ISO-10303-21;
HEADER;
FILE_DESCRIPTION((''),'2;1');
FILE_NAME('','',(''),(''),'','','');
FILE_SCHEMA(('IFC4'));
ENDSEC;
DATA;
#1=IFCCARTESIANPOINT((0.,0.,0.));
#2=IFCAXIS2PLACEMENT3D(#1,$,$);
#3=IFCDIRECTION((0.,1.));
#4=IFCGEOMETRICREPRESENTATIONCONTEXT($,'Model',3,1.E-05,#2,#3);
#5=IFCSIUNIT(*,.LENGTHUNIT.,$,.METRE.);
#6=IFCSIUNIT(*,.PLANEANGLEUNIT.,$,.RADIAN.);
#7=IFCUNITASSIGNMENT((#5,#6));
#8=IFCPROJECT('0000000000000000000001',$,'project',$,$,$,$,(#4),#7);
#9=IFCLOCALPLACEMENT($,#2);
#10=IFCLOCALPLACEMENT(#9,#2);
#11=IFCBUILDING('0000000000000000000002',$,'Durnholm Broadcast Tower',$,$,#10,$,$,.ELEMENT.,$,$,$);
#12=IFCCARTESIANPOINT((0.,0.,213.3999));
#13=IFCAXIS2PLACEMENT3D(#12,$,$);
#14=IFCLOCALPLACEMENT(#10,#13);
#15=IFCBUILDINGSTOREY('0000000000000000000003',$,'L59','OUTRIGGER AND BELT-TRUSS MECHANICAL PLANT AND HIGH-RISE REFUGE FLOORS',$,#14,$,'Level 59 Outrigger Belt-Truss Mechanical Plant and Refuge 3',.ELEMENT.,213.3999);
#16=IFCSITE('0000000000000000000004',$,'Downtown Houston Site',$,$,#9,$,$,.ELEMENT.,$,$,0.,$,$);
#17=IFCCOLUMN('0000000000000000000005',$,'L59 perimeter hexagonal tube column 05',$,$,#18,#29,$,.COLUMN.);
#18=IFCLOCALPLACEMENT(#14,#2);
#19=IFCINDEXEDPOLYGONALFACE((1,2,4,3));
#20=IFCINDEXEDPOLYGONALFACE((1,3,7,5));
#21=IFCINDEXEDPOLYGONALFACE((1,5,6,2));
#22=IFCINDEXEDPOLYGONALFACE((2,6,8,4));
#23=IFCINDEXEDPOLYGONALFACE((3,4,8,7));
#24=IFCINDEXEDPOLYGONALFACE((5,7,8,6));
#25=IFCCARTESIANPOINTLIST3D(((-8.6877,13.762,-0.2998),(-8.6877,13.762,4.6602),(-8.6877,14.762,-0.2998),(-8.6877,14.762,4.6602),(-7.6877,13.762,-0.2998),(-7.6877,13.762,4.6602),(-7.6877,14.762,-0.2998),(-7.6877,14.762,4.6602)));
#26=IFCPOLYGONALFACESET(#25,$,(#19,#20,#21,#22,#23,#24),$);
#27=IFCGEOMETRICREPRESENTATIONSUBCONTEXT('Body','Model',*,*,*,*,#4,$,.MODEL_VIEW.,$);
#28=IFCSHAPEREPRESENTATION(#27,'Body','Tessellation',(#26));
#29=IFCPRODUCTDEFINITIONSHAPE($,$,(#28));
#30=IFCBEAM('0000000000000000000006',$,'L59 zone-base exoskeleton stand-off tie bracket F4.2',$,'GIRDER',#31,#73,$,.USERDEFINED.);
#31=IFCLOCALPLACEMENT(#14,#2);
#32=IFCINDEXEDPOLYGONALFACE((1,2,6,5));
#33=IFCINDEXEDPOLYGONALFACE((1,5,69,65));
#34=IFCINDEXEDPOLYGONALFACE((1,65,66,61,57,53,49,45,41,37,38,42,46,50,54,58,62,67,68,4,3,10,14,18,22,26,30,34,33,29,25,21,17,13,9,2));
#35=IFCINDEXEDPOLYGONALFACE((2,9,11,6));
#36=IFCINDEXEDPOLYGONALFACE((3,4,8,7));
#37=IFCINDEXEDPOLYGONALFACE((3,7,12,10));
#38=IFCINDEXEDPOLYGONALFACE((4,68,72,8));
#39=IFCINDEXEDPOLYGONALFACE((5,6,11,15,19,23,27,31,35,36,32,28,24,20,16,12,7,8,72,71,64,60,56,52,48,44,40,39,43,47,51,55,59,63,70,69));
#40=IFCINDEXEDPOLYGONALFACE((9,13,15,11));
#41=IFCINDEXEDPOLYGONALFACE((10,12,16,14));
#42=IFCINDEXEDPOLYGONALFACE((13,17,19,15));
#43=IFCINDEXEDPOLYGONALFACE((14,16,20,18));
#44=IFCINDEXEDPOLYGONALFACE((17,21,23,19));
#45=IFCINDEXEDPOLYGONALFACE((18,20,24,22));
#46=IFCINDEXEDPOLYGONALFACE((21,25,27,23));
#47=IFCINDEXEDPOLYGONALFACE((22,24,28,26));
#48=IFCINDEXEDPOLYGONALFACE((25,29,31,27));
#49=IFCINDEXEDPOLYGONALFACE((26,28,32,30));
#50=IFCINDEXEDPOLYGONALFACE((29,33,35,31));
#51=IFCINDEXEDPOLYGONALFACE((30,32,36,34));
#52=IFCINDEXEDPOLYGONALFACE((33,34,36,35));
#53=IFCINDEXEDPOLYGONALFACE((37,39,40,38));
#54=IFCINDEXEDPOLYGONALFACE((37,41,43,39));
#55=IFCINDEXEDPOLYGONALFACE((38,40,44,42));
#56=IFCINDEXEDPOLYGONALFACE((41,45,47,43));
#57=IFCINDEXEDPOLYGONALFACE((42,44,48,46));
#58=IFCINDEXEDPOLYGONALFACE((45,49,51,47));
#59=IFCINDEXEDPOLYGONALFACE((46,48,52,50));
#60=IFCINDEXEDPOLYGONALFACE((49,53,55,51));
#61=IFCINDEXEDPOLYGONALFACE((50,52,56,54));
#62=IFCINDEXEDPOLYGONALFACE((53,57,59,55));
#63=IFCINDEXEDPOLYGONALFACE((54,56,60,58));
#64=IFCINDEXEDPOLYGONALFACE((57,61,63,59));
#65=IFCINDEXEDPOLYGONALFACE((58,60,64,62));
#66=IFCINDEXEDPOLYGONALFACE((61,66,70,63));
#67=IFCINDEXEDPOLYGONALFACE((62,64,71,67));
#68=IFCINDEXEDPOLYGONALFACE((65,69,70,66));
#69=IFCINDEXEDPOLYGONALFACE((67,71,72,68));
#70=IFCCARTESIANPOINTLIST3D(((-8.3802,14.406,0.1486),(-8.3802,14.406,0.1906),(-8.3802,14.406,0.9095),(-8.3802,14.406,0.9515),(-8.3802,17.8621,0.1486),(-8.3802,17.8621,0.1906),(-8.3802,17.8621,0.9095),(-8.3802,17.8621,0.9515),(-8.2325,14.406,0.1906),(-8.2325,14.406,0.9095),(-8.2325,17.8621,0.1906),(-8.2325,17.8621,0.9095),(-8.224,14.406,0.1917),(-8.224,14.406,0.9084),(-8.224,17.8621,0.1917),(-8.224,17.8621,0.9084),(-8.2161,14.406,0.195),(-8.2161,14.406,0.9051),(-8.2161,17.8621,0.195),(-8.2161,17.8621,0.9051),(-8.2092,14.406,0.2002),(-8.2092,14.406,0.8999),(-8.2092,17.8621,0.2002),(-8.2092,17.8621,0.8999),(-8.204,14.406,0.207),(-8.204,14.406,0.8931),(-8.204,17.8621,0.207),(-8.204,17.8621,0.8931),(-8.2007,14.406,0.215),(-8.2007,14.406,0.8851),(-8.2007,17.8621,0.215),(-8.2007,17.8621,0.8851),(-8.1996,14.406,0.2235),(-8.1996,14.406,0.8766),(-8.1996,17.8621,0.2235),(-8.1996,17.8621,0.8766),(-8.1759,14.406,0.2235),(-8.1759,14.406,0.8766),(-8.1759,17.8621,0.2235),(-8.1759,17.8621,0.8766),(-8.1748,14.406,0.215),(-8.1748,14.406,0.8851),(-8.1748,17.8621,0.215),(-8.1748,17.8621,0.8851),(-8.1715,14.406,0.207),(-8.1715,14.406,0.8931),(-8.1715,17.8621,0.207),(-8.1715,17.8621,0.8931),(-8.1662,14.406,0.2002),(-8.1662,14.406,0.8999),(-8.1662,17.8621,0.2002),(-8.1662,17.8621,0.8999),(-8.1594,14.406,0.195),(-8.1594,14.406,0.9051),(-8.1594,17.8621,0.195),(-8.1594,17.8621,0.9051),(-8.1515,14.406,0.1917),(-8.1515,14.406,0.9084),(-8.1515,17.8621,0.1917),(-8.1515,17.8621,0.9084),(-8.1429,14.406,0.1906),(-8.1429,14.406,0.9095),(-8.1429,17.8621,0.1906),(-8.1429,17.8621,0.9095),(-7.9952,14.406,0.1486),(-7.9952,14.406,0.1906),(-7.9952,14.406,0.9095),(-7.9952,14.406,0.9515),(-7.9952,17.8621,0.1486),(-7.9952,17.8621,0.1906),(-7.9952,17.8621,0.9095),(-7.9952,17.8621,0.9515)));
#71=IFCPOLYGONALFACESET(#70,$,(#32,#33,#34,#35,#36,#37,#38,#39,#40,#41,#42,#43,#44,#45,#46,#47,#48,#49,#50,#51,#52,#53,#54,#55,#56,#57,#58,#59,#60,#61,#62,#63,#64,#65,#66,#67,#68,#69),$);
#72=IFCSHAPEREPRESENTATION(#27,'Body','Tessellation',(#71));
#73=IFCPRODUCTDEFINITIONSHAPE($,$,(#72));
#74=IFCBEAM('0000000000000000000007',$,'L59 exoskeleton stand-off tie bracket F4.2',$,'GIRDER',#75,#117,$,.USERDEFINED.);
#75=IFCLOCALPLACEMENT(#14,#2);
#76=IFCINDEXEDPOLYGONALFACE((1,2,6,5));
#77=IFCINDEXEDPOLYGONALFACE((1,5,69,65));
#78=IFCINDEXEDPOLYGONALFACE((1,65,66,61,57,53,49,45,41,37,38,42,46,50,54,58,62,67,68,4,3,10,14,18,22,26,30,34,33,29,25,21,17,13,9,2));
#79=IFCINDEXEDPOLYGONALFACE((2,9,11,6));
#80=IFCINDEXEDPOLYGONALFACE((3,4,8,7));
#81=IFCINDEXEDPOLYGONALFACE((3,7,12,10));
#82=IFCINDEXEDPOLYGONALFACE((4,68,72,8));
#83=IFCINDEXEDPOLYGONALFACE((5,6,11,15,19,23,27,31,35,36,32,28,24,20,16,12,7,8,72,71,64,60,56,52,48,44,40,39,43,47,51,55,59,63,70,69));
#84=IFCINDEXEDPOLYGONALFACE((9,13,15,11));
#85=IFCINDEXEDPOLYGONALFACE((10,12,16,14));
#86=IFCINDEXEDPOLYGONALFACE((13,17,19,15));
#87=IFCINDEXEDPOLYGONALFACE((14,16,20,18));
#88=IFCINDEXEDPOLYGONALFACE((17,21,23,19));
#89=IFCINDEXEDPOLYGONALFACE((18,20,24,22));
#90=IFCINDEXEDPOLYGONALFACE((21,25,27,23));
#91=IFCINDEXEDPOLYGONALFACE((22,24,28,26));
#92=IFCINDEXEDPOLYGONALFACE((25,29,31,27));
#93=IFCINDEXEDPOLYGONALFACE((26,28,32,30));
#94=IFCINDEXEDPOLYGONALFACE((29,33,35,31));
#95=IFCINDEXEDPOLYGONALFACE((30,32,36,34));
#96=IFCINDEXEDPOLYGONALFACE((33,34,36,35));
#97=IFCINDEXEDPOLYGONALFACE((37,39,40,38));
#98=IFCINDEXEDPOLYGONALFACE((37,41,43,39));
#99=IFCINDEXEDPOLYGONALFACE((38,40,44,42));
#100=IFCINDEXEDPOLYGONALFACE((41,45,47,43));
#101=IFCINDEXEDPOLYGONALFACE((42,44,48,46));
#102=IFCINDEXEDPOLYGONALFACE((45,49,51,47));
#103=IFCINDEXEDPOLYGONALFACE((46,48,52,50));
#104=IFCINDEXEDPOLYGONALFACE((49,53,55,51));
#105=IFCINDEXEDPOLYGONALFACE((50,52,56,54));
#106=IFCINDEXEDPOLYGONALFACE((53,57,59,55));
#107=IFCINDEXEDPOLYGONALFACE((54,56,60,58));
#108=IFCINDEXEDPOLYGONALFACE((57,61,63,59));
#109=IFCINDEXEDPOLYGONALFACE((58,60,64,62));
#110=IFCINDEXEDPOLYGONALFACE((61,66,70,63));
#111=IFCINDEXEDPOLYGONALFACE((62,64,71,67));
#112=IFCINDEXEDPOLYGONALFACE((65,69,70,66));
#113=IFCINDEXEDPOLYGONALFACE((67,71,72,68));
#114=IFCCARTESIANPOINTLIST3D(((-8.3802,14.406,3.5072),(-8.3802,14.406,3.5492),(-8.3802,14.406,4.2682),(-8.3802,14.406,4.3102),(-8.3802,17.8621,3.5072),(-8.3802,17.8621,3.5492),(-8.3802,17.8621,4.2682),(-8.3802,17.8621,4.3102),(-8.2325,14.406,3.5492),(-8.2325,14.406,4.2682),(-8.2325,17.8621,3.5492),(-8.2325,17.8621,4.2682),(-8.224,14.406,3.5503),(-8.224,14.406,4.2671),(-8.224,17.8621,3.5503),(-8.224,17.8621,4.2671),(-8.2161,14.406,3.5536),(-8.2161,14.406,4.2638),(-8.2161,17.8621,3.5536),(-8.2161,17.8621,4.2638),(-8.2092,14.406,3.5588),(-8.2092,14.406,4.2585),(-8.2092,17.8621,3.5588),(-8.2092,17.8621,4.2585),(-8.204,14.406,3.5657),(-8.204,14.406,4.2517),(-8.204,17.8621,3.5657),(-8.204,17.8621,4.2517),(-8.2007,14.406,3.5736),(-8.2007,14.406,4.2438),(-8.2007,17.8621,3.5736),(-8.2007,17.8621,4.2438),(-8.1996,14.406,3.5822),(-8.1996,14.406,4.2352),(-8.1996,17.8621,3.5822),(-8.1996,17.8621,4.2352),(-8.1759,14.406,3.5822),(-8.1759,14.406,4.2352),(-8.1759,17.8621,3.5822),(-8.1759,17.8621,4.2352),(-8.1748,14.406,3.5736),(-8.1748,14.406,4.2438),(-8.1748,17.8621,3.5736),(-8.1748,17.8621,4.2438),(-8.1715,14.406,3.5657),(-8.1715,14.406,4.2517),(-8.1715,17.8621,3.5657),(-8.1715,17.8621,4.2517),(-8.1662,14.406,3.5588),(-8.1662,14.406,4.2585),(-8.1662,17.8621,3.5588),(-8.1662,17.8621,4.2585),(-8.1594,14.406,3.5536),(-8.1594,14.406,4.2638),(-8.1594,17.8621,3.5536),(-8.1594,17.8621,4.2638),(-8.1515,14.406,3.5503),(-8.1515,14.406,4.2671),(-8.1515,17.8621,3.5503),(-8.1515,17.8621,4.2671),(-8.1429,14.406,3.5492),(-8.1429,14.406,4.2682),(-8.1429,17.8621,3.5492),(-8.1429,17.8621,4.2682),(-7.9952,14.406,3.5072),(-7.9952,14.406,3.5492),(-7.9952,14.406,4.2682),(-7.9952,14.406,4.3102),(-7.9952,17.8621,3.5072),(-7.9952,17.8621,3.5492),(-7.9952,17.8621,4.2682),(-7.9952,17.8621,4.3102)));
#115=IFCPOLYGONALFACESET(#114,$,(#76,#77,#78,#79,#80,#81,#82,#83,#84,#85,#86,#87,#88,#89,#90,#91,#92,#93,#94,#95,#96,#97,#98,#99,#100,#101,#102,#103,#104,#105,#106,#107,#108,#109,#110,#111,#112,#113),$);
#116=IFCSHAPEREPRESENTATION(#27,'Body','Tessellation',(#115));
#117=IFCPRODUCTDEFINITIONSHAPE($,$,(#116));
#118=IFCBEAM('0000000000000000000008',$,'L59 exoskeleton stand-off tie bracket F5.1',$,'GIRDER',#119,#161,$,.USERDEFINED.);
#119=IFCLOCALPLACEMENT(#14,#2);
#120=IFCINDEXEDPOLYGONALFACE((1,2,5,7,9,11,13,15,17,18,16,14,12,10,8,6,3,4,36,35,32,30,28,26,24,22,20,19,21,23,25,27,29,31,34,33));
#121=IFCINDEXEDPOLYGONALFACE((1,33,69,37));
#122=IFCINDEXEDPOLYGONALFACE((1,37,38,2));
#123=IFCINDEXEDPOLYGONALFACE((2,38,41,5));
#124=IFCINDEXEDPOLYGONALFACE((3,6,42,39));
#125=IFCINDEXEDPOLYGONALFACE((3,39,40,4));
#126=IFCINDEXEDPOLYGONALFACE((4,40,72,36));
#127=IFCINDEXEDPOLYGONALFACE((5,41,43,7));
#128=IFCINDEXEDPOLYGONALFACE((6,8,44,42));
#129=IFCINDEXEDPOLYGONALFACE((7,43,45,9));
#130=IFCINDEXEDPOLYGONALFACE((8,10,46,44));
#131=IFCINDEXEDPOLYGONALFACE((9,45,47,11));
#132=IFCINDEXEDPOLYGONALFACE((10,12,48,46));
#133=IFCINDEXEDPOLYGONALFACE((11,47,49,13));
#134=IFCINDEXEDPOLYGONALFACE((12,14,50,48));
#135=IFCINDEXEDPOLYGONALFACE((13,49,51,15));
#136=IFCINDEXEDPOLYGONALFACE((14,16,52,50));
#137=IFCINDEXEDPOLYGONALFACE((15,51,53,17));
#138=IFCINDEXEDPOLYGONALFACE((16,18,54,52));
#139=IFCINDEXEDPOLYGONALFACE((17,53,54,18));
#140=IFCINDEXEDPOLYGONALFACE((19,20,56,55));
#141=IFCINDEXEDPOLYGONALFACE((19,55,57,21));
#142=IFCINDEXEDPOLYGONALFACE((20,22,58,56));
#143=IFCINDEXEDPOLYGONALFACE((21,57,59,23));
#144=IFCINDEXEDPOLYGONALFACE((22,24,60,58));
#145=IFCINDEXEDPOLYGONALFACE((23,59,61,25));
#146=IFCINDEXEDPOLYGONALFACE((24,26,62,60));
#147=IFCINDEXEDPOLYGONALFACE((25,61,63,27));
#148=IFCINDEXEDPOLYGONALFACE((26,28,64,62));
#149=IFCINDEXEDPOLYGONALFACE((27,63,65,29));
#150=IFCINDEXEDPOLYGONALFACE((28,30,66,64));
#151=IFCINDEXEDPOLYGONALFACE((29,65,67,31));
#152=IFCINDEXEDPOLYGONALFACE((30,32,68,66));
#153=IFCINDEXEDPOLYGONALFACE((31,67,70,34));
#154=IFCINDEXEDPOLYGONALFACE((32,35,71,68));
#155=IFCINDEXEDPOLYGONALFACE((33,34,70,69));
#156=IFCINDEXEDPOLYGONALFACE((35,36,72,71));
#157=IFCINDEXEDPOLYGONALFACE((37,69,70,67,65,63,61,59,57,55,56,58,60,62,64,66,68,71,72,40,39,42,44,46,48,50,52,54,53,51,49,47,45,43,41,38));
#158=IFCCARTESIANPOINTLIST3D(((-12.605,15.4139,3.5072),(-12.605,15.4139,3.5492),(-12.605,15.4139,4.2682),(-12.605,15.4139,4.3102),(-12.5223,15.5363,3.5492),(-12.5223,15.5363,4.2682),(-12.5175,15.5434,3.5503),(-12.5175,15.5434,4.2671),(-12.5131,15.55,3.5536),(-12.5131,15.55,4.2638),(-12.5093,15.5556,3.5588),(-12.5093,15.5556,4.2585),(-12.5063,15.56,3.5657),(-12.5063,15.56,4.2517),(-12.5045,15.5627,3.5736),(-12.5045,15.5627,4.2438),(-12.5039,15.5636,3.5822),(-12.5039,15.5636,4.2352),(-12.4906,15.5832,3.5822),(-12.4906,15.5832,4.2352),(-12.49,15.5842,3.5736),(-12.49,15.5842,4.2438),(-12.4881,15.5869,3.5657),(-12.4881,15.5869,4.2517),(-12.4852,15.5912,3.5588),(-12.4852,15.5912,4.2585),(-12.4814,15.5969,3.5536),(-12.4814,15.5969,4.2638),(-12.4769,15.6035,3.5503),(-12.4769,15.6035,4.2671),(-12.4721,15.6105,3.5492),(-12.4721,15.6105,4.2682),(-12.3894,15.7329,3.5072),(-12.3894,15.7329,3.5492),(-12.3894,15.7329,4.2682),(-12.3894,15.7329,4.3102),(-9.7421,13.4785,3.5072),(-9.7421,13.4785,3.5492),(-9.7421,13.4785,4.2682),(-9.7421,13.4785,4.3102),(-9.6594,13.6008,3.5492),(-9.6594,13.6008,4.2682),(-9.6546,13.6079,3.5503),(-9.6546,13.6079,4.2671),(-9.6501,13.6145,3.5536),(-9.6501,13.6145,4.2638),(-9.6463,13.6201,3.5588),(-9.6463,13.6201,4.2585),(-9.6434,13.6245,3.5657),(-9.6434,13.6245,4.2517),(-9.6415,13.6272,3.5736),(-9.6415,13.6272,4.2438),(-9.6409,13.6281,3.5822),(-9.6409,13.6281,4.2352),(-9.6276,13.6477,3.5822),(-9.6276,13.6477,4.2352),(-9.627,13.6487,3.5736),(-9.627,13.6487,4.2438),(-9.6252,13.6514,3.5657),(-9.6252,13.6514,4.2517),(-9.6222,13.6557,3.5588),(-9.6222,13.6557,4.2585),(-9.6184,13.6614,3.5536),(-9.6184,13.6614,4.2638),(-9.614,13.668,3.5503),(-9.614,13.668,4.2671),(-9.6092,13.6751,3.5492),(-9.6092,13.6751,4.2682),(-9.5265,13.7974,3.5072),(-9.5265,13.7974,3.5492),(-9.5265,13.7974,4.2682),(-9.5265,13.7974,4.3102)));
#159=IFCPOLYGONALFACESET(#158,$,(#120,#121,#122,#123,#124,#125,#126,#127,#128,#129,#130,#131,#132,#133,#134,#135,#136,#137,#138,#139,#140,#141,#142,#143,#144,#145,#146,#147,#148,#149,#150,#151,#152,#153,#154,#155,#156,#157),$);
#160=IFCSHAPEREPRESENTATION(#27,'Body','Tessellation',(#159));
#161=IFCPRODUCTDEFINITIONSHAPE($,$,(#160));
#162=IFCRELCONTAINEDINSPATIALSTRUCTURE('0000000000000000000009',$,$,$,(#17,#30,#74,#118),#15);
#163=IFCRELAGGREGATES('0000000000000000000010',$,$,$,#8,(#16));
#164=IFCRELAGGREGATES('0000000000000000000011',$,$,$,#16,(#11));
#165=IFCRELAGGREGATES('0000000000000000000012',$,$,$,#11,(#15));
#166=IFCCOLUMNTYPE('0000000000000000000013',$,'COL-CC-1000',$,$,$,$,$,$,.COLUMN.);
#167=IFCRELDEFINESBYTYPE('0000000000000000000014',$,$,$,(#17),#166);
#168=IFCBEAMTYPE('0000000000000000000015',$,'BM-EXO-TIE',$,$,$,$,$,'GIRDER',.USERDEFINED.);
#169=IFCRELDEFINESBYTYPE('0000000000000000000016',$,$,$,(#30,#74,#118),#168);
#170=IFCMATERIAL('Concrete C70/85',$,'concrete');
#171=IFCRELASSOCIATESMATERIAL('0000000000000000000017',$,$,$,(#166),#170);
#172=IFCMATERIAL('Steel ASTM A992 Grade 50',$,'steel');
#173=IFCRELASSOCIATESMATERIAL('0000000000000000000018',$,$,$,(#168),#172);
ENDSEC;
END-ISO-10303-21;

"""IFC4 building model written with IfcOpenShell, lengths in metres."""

from ifc_helpers import new_model, si_unit, direction, frame, origin, origin_2d, place, context, subcontext, project, spatial, rectangle, i_section, extrude, source, transform, mapped, material, material_profile, profile_set, type_object, type_shapes, element, save


model = new_model("IFC4")

# Units and contexts
model_context = context("Model", 3, precision=1e-05, world=origin(), true_north=direction((0.0, 1.0)))
body_context = subcontext(model_context, "Body", "Model", "MODEL_VIEW")
ifc_project = project(units=[si_unit("LENGTHUNIT", "METRE"), si_unit("PLANEANGLEUNIT", "RADIAN")], contexts=[model_context])

# Site, building, storey
site_placement = place(None, origin())
site = spatial("IfcSite", under=ifc_project, at=site_placement, Name="Downtown Houston Site", CompositionType="ELEMENT", RefElevation=0.0)
building_placement = place(site_placement, origin())
building = spatial("IfcBuilding", under=site, at=building_placement, Name="Durnholm Broadcast Tower", CompositionType="ELEMENT")
storey_placement = place(building_placement, frame((0.0, 0.0, 213.3999)))
storey = spatial("IfcBuildingStorey", under=building, at=storey_placement, Name="L59", Description="OUTRIGGER AND BELT-TRUSS MECHANICAL PLANT AND HIGH-RISE REFUGE FLOORS", LongName="Level 59 Outrigger Belt-Truss Mechanical Plant and Refuge 3", CompositionType="ELEMENT", Elevation=213.3999)

# Column
ifc_material_1 = material(Name="Concrete C70/85", Category="concrete")
ifc_material_profile_1 = material_profile(ifc_material_1, rectangle(XDim=1.0, YDim=1.0, at=origin_2d()), Name="RC1000X1000")
ifc_profile_set_1 = profile_set([ifc_material_profile_1], Name="Concrete C70/85")
column_type = type_object("IfcColumnType", Name="COL-CC-1000", PredefinedType="COLUMN", material=ifc_profile_set_1)
shared_shape_1 = source(origin(), body_context, "Body", "SweptSolid", [
    extrude(rectangle(XDim=1.0, YDim=1.0, at=origin_2d()), origin(), (0.0, 0.0, 1.0), 4.96),
])
type_shapes(column_type, [shared_shape_1])
column_placement = place(storey_placement, frame((-8.1877, 14.262, -0.2998), z_axis=(0.0, 0.0, 1.0), x_axis=(1.0, 0.0, 0.0)))
element("IfcColumn", 1, at=column_placement, inside=storey, type_object=column_type, Name="L59 perimeter hexagonal tube column 05", PredefinedType="COLUMN", context=body_context, shape_type="MappedRepresentation", body=[
    mapped(shared_shape_1, transform((0.0, 0.0, 0.0), x_axis=(1.0, 0.0, 0.0), y_axis=(0.0, 1.0, 0.0), z_axis=(0.0, 0.0, 1.0), scale=1.0)),
])

# Beams
ifc_material_2 = material(Name="Steel ASTM A992 Grade 50", Category="steel")
ifc_material_profile_2 = material_profile(ifc_material_2, i_section(OverallWidth=0.385, OverallDepth=0.803, WebThickness=0.0237, FlangeThickness=0.042, FilletRadius=0.033, at=origin_2d()), Name="W30X261")
ifc_profile_set_2 = profile_set([ifc_material_profile_2], Name="Steel ASTM A992 Grade 50")
beam_type_1 = type_object("IfcBeamType", Name="BM-EXO-TIE", ElementType="GIRDER", PredefinedType="USERDEFINED", material=ifc_profile_set_2)
shared_shape_2 = source(origin(), body_context, "Body", "SweptSolid", [
    extrude(i_section(OverallWidth=0.385, OverallDepth=0.803, WebThickness=0.0237, FlangeThickness=0.042, FilletRadius=0.033, at=origin_2d()), origin(), (0.0, 0.0, 1.0), 3.4561),
])
for number, where, z_axis, x_axis, name in (
    (2, (-8.1877, 14.406, 0.55), (0.0, 1.0, 0.0), (-1.0, 0.0, 0.0), "L59 zone-base exoskeleton stand-off tie bracket F4.2"),
    (3, (-8.1877, 14.406, 3.9087), (0.0, 1.0, 0.0), (-1.0, 0.0, 0.0), "L59 exoskeleton stand-off tie bracket F4.2"),
):
    element("IfcBeam", number, at=place(storey_placement, frame(where, z_axis=z_axis, x_axis=x_axis)), inside=storey, type_object=beam_type_1, Name=name, ObjectType="GIRDER", PredefinedType="USERDEFINED", context=body_context, shape_type="MappedRepresentation", body=[
        mapped(shared_shape_2, transform((0.0, 0.0, 0.0), x_axis=(1.0, 0.0, 0.0), y_axis=(0.0, 1.0, 0.0), z_axis=(0.0, 0.0, 1.0), scale=1.0)),
    ])
shared_shape_3 = source(origin(), body_context, "Body", "SweptSolid", [
    extrude(i_section(OverallWidth=0.385, OverallDepth=0.803, WebThickness=0.0237, FlangeThickness=0.042, FilletRadius=0.033, at=origin_2d()), origin(), (0.0, 0.0, 1.0), 3.4558),
])
type_shapes(beam_type_1, [shared_shape_2, shared_shape_3])
beam_1_placement = place(storey_placement, frame((-9.6343, 13.6379, 3.9087), z_axis=(-0.828446, 0.560068, 0.0), x_axis=(-0.560068, -0.828446, 0.0)))
element("IfcBeam", 4, at=beam_1_placement, inside=storey, type_object=beam_type_1, Name="L59 exoskeleton stand-off tie bracket F5.1", ObjectType="GIRDER", PredefinedType="USERDEFINED", context=body_context, shape_type="MappedRepresentation", body=[
    mapped(shared_shape_3, transform((0.0, 0.0, 0.0), x_axis=(1.0, 0.0, 0.0), y_axis=(0.0, 1.0, 0.0), z_axis=(0.0, 0.0, 1.0), scale=1.0)),
])

save(model, "model.ifc")
